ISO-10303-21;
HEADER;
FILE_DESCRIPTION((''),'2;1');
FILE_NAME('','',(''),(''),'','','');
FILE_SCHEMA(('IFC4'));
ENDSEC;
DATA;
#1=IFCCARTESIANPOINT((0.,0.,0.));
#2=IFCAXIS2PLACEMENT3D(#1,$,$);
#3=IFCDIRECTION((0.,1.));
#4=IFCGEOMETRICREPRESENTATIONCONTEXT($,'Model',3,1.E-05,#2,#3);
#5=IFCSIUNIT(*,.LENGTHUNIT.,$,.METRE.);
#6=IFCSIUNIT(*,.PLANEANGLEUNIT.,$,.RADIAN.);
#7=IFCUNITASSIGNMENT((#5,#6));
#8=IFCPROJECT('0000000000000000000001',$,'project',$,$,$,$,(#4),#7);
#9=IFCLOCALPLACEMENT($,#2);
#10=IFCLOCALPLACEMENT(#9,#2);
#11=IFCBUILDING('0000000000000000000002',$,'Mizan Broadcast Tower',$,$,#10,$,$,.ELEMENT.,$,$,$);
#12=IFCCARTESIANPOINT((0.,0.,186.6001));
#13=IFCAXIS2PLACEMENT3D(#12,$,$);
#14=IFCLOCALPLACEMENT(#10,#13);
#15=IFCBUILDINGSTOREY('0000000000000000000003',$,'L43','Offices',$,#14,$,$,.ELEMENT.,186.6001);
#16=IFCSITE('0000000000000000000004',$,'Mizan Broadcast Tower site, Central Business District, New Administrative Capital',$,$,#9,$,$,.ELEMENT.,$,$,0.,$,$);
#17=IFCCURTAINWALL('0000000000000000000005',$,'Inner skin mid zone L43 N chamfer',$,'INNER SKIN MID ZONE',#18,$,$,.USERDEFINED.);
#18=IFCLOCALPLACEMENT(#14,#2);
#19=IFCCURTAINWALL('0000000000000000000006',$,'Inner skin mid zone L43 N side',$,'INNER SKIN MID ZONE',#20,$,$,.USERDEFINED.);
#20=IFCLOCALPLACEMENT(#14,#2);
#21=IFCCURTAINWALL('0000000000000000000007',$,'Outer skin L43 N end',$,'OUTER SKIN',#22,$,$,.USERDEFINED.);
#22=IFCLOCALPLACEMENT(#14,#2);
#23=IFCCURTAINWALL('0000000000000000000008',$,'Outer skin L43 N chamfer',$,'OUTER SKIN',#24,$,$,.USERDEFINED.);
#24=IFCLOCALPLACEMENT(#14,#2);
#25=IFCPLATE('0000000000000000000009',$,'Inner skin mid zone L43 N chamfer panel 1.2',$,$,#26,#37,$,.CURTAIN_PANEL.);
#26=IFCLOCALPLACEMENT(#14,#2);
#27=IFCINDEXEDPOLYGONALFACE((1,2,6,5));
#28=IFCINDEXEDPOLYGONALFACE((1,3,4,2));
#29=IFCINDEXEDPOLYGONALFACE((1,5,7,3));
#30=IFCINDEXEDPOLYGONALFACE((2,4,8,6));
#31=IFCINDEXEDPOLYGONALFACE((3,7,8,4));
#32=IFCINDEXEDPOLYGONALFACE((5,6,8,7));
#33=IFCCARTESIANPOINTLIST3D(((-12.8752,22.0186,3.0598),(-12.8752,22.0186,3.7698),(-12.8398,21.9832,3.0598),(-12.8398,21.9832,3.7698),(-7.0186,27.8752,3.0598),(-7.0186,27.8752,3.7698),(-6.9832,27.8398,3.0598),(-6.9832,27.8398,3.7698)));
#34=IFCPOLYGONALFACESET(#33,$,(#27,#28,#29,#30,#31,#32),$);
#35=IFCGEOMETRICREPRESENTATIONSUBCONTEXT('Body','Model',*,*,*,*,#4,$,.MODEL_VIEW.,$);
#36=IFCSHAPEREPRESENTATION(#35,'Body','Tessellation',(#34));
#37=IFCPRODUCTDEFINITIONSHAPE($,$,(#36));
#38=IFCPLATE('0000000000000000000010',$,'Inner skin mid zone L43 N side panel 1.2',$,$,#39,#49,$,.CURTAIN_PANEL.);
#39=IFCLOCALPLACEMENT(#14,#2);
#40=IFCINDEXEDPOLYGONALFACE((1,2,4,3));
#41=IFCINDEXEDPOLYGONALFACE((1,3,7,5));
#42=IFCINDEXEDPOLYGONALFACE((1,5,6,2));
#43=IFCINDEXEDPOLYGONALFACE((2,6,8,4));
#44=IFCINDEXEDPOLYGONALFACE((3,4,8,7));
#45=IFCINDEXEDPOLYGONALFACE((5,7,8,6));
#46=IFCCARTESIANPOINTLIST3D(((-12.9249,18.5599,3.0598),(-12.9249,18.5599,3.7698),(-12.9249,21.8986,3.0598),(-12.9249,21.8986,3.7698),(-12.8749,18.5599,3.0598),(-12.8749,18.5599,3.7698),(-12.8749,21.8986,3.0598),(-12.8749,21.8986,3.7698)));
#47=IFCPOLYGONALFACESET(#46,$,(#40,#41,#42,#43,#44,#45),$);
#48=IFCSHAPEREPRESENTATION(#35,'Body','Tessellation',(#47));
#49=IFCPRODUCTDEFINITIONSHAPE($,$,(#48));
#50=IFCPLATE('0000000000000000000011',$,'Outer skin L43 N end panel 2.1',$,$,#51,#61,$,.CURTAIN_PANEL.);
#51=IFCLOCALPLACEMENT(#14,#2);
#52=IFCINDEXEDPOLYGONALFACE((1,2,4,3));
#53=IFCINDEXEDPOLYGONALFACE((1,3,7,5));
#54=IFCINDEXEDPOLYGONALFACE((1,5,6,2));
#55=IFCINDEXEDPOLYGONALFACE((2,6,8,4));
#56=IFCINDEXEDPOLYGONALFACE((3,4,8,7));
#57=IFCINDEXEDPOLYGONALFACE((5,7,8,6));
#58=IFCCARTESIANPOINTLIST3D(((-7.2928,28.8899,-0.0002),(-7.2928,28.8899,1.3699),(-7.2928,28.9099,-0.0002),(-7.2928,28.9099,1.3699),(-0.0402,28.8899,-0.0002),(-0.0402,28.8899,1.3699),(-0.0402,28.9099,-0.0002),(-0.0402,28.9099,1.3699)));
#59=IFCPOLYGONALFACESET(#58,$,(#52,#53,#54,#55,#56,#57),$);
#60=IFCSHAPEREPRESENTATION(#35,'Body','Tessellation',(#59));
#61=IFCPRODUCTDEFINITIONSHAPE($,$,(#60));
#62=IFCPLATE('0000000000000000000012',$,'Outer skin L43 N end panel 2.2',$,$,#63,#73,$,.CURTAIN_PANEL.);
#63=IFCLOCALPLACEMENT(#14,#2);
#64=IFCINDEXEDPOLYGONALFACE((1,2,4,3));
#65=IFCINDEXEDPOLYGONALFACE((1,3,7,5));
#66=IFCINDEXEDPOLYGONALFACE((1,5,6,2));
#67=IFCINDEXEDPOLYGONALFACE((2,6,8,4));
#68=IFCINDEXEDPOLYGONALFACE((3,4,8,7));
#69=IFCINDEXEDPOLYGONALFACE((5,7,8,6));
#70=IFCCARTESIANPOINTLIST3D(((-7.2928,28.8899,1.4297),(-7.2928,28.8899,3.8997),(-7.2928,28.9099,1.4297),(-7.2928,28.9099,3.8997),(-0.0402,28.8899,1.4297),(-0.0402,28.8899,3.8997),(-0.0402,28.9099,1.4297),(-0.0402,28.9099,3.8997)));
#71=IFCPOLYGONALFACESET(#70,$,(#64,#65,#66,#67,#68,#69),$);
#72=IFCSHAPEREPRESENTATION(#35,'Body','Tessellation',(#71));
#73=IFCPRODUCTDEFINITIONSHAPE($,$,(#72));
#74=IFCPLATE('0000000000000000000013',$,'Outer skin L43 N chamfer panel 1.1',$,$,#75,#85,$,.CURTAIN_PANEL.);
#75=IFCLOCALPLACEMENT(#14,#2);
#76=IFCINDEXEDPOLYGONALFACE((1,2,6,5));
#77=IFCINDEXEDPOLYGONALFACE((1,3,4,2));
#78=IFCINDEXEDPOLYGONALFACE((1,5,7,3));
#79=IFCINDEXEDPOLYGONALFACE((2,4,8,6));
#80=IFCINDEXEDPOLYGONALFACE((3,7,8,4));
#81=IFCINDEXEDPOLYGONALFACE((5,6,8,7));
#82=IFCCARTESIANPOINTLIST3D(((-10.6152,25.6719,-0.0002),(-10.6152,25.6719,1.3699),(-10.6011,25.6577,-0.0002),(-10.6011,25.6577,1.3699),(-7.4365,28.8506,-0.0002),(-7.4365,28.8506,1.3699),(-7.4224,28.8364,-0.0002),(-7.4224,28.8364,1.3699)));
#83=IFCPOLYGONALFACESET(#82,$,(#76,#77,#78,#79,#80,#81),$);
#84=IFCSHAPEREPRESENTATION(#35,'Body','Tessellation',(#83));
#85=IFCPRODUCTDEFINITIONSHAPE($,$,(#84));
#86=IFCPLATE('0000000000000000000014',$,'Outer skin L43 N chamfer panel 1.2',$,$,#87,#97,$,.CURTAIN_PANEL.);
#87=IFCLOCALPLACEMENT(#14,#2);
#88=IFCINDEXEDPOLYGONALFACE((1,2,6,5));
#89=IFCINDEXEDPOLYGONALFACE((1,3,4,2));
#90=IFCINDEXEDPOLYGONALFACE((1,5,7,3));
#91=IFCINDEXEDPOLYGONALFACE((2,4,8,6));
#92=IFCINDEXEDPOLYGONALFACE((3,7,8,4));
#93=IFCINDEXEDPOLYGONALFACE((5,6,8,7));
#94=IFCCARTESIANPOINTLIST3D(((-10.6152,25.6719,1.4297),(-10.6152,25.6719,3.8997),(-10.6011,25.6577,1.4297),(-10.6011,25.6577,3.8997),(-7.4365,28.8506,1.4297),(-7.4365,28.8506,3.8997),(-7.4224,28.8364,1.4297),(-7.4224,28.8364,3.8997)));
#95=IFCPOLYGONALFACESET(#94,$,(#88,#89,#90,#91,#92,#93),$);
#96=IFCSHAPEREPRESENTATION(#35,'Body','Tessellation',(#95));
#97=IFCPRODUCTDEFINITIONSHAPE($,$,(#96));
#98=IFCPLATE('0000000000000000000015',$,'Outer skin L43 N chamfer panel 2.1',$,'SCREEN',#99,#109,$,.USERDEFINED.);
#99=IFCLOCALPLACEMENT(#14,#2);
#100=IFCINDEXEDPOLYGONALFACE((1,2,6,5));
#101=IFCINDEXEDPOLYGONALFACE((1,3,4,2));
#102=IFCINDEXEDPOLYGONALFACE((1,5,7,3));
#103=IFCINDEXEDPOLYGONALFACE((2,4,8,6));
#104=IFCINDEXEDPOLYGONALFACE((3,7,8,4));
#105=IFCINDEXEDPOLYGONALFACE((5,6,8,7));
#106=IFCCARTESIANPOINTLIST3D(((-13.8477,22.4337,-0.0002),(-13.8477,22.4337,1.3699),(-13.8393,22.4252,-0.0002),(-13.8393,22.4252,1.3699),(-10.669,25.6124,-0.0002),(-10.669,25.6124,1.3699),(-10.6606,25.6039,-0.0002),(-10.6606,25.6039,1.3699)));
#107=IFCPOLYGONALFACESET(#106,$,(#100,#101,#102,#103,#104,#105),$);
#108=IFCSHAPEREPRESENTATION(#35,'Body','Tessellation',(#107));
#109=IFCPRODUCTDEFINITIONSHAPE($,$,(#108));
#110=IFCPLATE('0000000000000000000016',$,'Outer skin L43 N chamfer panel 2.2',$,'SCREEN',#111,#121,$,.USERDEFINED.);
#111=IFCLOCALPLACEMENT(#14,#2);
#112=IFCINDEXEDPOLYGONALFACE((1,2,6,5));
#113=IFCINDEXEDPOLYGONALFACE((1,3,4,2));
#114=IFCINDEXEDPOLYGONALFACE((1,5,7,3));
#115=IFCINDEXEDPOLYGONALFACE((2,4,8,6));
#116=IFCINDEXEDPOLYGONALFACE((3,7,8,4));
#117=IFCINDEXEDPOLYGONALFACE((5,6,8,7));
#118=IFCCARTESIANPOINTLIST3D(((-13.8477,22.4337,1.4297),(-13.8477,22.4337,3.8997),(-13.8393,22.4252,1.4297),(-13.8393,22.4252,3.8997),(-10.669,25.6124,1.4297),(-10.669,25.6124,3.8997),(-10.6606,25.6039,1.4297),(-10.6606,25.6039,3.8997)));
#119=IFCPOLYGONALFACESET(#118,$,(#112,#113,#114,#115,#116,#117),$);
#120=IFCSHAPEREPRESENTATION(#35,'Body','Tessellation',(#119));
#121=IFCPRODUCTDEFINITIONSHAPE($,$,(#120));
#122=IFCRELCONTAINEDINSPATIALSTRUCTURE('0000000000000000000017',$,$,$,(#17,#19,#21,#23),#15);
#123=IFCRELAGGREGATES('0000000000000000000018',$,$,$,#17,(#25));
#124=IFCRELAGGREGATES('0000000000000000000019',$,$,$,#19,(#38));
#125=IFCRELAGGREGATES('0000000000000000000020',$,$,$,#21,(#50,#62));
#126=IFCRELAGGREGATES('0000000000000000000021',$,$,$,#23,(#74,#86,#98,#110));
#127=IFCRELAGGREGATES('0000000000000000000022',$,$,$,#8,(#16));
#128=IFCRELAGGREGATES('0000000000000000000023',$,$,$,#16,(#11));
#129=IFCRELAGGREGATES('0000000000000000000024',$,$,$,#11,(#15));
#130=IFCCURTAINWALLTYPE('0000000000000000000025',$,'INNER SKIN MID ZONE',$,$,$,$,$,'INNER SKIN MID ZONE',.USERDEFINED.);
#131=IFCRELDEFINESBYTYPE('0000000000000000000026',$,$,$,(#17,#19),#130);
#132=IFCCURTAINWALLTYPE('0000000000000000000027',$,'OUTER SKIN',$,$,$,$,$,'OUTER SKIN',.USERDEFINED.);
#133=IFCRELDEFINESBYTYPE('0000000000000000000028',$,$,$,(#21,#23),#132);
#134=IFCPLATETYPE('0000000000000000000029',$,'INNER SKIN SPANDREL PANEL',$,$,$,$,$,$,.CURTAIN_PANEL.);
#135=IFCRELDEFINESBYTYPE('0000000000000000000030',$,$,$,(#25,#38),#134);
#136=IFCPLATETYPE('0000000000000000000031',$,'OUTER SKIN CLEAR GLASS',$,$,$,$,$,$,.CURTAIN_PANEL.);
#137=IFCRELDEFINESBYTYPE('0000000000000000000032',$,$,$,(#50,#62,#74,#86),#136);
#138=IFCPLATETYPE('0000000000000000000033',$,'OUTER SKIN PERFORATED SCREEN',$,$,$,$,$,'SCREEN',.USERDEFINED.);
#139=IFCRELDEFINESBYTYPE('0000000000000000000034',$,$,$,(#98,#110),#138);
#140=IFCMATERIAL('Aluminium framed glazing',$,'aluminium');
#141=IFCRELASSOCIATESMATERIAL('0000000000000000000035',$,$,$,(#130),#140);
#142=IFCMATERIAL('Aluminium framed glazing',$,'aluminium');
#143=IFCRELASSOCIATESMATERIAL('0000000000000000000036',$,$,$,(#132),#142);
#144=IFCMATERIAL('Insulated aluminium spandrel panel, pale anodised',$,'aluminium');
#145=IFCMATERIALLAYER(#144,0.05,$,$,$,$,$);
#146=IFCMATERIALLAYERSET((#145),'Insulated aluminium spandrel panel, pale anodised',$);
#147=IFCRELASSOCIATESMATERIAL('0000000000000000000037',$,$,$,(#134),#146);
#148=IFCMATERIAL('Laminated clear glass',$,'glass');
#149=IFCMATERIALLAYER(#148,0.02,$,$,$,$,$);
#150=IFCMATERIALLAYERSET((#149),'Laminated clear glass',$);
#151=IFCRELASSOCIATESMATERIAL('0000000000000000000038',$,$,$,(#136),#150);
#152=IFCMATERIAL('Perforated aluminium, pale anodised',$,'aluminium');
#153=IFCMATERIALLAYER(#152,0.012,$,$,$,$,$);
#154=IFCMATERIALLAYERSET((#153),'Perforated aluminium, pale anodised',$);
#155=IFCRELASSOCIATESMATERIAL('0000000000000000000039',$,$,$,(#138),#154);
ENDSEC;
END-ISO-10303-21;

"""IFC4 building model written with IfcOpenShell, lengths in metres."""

from ifc_helpers import new_model, si_unit, direction, frame, origin, origin_2d, place, context, subcontext, project, spatial, rectangle, extrude, material, layer, layer_set, type_object, element, aggregate, save


model = new_model("IFC4")

# Units and contexts
model_context = context("Model", 3, precision=1e-05, world=origin(), true_north=direction((0.0, 1.0)))
body_context = subcontext(model_context, "Body", "Model", "MODEL_VIEW")
ifc_project = project(units=[si_unit("LENGTHUNIT", "METRE"), si_unit("PLANEANGLEUNIT", "RADIAN")], contexts=[model_context])

# Site, building, storey
site_placement = place(None, origin())
site = spatial("IfcSite", under=ifc_project, at=site_placement, Name="Mizan Broadcast Tower site, Central Business District, New Administrative Capital", CompositionType="ELEMENT", RefElevation=0.0)
building_placement = place(site_placement, origin())
building = spatial("IfcBuilding", under=site, at=building_placement, Name="Mizan Broadcast Tower", CompositionType="ELEMENT")
storey_placement = place(building_placement, frame((0.0, 0.0, 186.6001)))
storey = spatial("IfcBuildingStorey", under=building, at=storey_placement, Name="L43", Description="Offices", CompositionType="ELEMENT", Elevation=186.6001)

# Shared definitions
ifc_material_1 = material(Name="Aluminium framed glazing", Category="aluminium")
curtain_wall_type_1 = type_object("IfcCurtainWallType", Name="INNER SKIN MID ZONE", ElementType="INNER SKIN MID ZONE", PredefinedType="USERDEFINED", material=ifc_material_1)

# Curtain wall
curtain_wall_1_placement = place(storey_placement, origin())
curtain_wall_1 = element("IfcCurtainWall", 1, at=curtain_wall_1_placement, inside=storey, type_object=curtain_wall_type_1, Name="Inner skin mid zone L43 N chamfer", ObjectType="INNER SKIN MID ZONE", PredefinedType="USERDEFINED")

# Curtain wall
curtain_wall_2_placement = place(storey_placement, origin())
curtain_wall_2 = element("IfcCurtainWall", 2, at=curtain_wall_2_placement, inside=storey, type_object=curtain_wall_type_1, Name="Inner skin mid zone L43 N side", ObjectType="INNER SKIN MID ZONE", PredefinedType="USERDEFINED")

# Curtain wall
ifc_material_2 = material(Name="Aluminium framed glazing", Category="aluminium")
curtain_wall_type_2 = type_object("IfcCurtainWallType", Name="OUTER SKIN", ElementType="OUTER SKIN", PredefinedType="USERDEFINED", material=ifc_material_2)
curtain_wall_3_placement = place(storey_placement, origin())
curtain_wall_3 = element("IfcCurtainWall", 3, at=curtain_wall_3_placement, inside=storey, type_object=curtain_wall_type_2, Name="Outer skin L43 N end", ObjectType="OUTER SKIN", PredefinedType="USERDEFINED")

# Curtain wall
curtain_wall_4_placement = place(storey_placement, origin())
curtain_wall_4 = element("IfcCurtainWall", 4, at=curtain_wall_4_placement, inside=storey, type_object=curtain_wall_type_2, Name="Outer skin L43 N chamfer", ObjectType="OUTER SKIN", PredefinedType="USERDEFINED")

# Plates
ifc_material_3 = material(Name="Insulated aluminium spandrel panel, pale anodised", Category="aluminium")
ifc_layer_1 = layer(ifc_material_3, 0.05)
ifc_layer_set_1 = layer_set([ifc_layer_1], Name="Insulated aluminium spandrel panel, pale anodised")
plate_type_1 = type_object("IfcPlateType", Name="INNER SKIN SPANDREL PANEL", PredefinedType="CURTAIN_PANEL", material=ifc_layer_set_1)
plate_1_placement = place(storey_placement, frame((-9.9292, 24.9292, 3.0598), z_axis=(0.0, 0.0, 1.0), x_axis=(-0.707107, -0.707107, 0.0)))
plate_1 = element("IfcPlate", 5, at=plate_1_placement, type_object=plate_type_1, Name="Inner skin mid zone L43 N chamfer panel 1.2", PredefinedType="CURTAIN_PANEL", context=body_context, shape_type="SweptSolid", body=[
    extrude(rectangle(XDim=8.2825, YDim=0.05, at=origin_2d()), origin(), (0.0, 0.0, 1.0), 0.71),
])
aggregate(curtain_wall_1, [plate_1])
plate_2_placement = place(storey_placement, frame((-12.8999, 20.2292, 3.0598), z_axis=(0.0, 0.0, 1.0), x_axis=(0.0, -1.0, 0.0)))
plate_2 = element("IfcPlate", 6, at=plate_2_placement, type_object=plate_type_1, Name="Inner skin mid zone L43 N side panel 1.2", PredefinedType="CURTAIN_PANEL", context=body_context, shape_type="SweptSolid", body=[
    extrude(rectangle(XDim=3.3386, YDim=0.05, at=origin_2d()), origin(), (0.0, 0.0, 1.0), 0.71),
])
aggregate(curtain_wall_2, [plate_2])
ifc_material_4 = material(Name="Laminated clear glass", Category="glass")
ifc_layer_2 = layer(ifc_material_4, 0.02)
ifc_layer_set_2 = layer_set([ifc_layer_2], Name="Laminated clear glass")
plate_type_2 = type_object("IfcPlateType", Name="OUTER SKIN CLEAR GLASS", PredefinedType="CURTAIN_PANEL", material=ifc_layer_set_2)
plate_3_placement = place(storey_placement, frame((-3.6665, 28.8999, -0.0002), z_axis=(0.0, 0.0, 1.0), x_axis=(-1.0, 0.0, 0.0)))
plate_3 = element("IfcPlate", 7, at=plate_3_placement, type_object=plate_type_2, Name="Outer skin L43 N end panel 2.1", PredefinedType="CURTAIN_PANEL", context=body_context, shape_type="SweptSolid", body=[
    extrude(rectangle(XDim=7.2527, YDim=0.02, at=origin_2d()), origin(), (0.0, 0.0, 1.0), 1.3701),
])
plate_4_placement = place(storey_placement, frame((-3.6665, 28.8999, 1.4297), z_axis=(0.0, 0.0, 1.0), x_axis=(-1.0, 0.0, 0.0)))
plate_4 = element("IfcPlate", 8, at=plate_4_placement, type_object=plate_type_2, Name="Outer skin L43 N end panel 2.2", PredefinedType="CURTAIN_PANEL", context=body_context, shape_type="SweptSolid", body=[
    extrude(rectangle(XDim=7.2527, YDim=0.02, at=origin_2d()), origin(), (0.0, 0.0, 1.0), 2.47),
])
aggregate(curtain_wall_3, [plate_3, plate_4])
plate_5_placement = place(storey_placement, frame((-9.0188, 27.2542, -0.0002), z_axis=(0.0, 0.0, 1.0), x_axis=(-0.707107, -0.707107, 0.0)))
plate_5 = element("IfcPlate", 9, at=plate_5_placement, type_object=plate_type_2, Name="Outer skin L43 N chamfer panel 1.1", PredefinedType="CURTAIN_PANEL", context=body_context, shape_type="SweptSolid", body=[
    extrude(rectangle(XDim=4.4954, YDim=0.02, at=origin_2d()), origin(), (0.0, 0.0, 1.0), 1.3701),
])
plate_6_placement = place(storey_placement, frame((-9.0188, 27.2542, 1.4297), z_axis=(0.0, 0.0, 1.0), x_axis=(-0.707107, -0.707107, 0.0)))
plate_6 = element("IfcPlate", 10, at=plate_6_placement, type_object=plate_type_2, Name="Outer skin L43 N chamfer panel 1.2", PredefinedType="CURTAIN_PANEL", context=body_context, shape_type="SweptSolid", body=[
    extrude(rectangle(XDim=4.4954, YDim=0.02, at=origin_2d()), origin(), (0.0, 0.0, 1.0), 2.47),
])
ifc_material_5 = material(Name="Perforated aluminium, pale anodised", Category="aluminium")
ifc_layer_3 = layer(ifc_material_5, 0.012)
ifc_layer_set_3 = layer_set([ifc_layer_3], Name="Perforated aluminium, pale anodised")
plate_type_3 = type_object("IfcPlateType", Name="OUTER SKIN PERFORATED SCREEN", ElementType="SCREEN", PredefinedType="USERDEFINED", material=ifc_layer_set_3)
plate_7_placement = place(storey_placement, frame((-12.2542, 24.0188, -0.0002), z_axis=(0.0, 0.0, 1.0), x_axis=(-0.707107, -0.707107, 0.0)))
plate_7 = element("IfcPlate", 11, at=plate_7_placement, type_object=plate_type_3, Name="Outer skin L43 N chamfer panel 2.1", ObjectType="SCREEN", PredefinedType="USERDEFINED", context=body_context, shape_type="SweptSolid", body=[
    extrude(rectangle(XDim=4.4954, YDim=0.012, at=origin_2d()), origin(), (0.0, 0.0, 1.0), 1.3701),
])
plate_8_placement = place(storey_placement, frame((-12.2542, 24.0188, 1.4297), z_axis=(0.0, 0.0, 1.0), x_axis=(-0.707107, -0.707107, 0.0)))
plate_8 = element("IfcPlate", 12, at=plate_8_placement, type_object=plate_type_3, Name="Outer skin L43 N chamfer panel 2.2", ObjectType="SCREEN", PredefinedType="USERDEFINED", context=body_context, shape_type="SweptSolid", body=[
    extrude(rectangle(XDim=4.4954, YDim=0.012, at=origin_2d()), origin(), (0.0, 0.0, 1.0), 2.47),
])
aggregate(curtain_wall_4, [plate_5, plate_6, plate_7, plate_8])

save(model, "model.ifc")
